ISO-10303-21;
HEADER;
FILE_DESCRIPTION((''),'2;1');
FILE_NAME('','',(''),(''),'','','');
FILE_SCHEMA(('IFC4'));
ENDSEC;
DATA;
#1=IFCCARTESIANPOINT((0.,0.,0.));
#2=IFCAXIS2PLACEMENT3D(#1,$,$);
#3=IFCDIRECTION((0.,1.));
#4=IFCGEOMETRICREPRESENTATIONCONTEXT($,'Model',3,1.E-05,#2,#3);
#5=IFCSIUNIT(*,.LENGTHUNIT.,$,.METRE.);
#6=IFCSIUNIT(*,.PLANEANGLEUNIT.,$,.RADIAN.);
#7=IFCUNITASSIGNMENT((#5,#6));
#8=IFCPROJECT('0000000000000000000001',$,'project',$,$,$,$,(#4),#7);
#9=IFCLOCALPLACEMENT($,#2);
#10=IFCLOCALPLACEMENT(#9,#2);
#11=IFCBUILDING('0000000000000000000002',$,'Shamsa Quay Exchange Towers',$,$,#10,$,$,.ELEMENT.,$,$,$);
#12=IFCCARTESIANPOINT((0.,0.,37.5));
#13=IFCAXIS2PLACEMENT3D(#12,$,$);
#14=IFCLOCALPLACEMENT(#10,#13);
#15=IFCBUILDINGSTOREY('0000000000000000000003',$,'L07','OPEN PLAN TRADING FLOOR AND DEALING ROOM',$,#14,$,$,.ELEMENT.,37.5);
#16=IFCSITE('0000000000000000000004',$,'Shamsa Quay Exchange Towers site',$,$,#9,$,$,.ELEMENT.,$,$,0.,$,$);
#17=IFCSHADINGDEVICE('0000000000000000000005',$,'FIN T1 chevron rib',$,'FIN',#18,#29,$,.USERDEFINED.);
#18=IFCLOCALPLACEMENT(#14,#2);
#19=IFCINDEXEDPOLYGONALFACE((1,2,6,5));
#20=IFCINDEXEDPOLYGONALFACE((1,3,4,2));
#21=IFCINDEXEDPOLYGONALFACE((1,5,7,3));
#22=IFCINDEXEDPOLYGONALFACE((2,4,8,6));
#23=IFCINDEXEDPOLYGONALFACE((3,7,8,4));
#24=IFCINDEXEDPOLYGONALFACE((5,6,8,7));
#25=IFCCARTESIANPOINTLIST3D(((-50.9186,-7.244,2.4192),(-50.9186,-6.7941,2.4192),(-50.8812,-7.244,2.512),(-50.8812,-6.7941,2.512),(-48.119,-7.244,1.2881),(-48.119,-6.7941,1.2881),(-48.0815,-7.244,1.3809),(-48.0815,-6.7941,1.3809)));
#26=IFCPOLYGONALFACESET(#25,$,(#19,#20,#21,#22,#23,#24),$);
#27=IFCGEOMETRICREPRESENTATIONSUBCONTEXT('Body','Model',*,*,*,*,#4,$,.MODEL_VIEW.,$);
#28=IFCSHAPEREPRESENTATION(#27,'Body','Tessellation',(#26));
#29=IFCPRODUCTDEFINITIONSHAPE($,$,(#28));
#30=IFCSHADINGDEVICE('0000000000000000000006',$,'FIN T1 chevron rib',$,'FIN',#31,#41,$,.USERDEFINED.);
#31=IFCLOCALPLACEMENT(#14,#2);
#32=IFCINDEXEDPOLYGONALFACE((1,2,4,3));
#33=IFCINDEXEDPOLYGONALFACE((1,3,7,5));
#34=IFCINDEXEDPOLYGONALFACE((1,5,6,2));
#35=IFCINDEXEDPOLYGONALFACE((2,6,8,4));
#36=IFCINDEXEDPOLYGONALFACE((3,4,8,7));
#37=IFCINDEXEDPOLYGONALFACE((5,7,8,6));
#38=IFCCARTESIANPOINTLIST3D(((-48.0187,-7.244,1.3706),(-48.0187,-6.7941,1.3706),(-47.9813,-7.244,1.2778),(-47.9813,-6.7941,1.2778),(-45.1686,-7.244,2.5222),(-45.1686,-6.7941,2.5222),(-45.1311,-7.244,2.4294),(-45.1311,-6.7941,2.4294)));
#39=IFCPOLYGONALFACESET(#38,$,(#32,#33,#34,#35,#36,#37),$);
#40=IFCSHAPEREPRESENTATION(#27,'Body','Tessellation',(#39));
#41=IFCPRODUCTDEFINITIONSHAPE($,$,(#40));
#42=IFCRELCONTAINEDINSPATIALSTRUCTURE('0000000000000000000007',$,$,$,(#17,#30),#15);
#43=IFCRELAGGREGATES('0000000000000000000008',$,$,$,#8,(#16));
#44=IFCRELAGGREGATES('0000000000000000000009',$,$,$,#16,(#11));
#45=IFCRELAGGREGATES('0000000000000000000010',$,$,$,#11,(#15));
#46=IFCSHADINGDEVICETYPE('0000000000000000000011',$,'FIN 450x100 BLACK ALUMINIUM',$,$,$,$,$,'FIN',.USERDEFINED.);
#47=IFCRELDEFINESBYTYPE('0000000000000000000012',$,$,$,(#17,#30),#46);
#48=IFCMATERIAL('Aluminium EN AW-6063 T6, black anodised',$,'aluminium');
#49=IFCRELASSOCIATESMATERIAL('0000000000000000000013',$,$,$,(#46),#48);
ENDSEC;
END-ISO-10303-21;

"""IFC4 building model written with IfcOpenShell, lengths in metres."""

from ifc_helpers import new_model, si_unit, direction, frame, origin, origin_2d, place, context, subcontext, project, spatial, rectangle, extrude, material, material_profile, profile_set, type_object, element, save


model = new_model("IFC4")

# Units and contexts
model_context = context("Model", 3, precision=1e-05, world=origin(), true_north=direction((0.0, 1.0)))
body_context = subcontext(model_context, "Body", "Model", "MODEL_VIEW")
ifc_project = project(units=[si_unit("LENGTHUNIT", "METRE"), si_unit("PLANEANGLEUNIT", "RADIAN")], contexts=[model_context])

# Site, building, storey
site_placement = place(None, origin())
site = spatial("IfcSite", under=ifc_project, at=site_placement, Name="Shamsa Quay Exchange Towers site", CompositionType="ELEMENT", RefElevation=0.0)
building_placement = place(site_placement, origin())
building = spatial("IfcBuilding", under=site, at=building_placement, Name="Shamsa Quay Exchange Towers", CompositionType="ELEMENT")
storey_placement = place(building_placement, frame((0.0, 0.0, 37.5)))
storey = spatial("IfcBuildingStorey", under=building, at=storey_placement, Name="L07", Description="OPEN PLAN TRADING FLOOR AND DEALING ROOM", CompositionType="ELEMENT", Elevation=37.5)

# Shared definitions
ifc_material_1 = material(Name="Aluminium EN AW-6063 T6, black anodised", Category="aluminium")

# Shading devices
ifc_material_profile_1 = material_profile(ifc_material_1, rectangle(XDim=0.45, YDim=0.1001, at=origin_2d()), Name="FIN450x100")
ifc_profile_set_1 = profile_set([ifc_material_profile_1], Name="Aluminium EN AW-6063 T6, black anodised")
shading_device_type = type_object("IfcShadingDeviceType", Name="FIN 450x100 BLACK ALUMINIUM", ElementType="FIN", PredefinedType="USERDEFINED", material=ifc_profile_set_1)
shading_device_1_placement = place(storey_placement, frame((-50.8999, -7.019, 2.4656), z_axis=(0.927194, 0.0, -0.374581), x_axis=(0.0, 1.0, 0.0)))
element("IfcShadingDevice", 1, at=shading_device_1_placement, inside=storey, type_object=shading_device_type, Name="FIN T1 chevron rib", ObjectType="FIN", PredefinedType="USERDEFINED", context=body_context, shape_type="SweptSolid", body=[
    extrude(rectangle(XDim=0.45, YDim=0.1001, at=origin_2d()), origin(), (0.0, 0.0, 1.0), 3.0195),
])
shading_device_2_placement = place(storey_placement, frame((-48.0, -7.019, 1.3242), z_axis=(0.927173, 0.0, 0.374634), x_axis=(0.0, 1.0, 0.0)))
element("IfcShadingDevice", 2, at=shading_device_2_placement, inside=storey, type_object=shading_device_type, Name="FIN T1 chevron rib", ObjectType="FIN", PredefinedType="USERDEFINED", context=body_context, shape_type="SweptSolid", body=[
    extrude(rectangle(XDim=0.45, YDim=0.1001, at=origin_2d()), origin(), (0.0, 0.0, 1.0), 3.074),
])

save(model, "model.ifc")
